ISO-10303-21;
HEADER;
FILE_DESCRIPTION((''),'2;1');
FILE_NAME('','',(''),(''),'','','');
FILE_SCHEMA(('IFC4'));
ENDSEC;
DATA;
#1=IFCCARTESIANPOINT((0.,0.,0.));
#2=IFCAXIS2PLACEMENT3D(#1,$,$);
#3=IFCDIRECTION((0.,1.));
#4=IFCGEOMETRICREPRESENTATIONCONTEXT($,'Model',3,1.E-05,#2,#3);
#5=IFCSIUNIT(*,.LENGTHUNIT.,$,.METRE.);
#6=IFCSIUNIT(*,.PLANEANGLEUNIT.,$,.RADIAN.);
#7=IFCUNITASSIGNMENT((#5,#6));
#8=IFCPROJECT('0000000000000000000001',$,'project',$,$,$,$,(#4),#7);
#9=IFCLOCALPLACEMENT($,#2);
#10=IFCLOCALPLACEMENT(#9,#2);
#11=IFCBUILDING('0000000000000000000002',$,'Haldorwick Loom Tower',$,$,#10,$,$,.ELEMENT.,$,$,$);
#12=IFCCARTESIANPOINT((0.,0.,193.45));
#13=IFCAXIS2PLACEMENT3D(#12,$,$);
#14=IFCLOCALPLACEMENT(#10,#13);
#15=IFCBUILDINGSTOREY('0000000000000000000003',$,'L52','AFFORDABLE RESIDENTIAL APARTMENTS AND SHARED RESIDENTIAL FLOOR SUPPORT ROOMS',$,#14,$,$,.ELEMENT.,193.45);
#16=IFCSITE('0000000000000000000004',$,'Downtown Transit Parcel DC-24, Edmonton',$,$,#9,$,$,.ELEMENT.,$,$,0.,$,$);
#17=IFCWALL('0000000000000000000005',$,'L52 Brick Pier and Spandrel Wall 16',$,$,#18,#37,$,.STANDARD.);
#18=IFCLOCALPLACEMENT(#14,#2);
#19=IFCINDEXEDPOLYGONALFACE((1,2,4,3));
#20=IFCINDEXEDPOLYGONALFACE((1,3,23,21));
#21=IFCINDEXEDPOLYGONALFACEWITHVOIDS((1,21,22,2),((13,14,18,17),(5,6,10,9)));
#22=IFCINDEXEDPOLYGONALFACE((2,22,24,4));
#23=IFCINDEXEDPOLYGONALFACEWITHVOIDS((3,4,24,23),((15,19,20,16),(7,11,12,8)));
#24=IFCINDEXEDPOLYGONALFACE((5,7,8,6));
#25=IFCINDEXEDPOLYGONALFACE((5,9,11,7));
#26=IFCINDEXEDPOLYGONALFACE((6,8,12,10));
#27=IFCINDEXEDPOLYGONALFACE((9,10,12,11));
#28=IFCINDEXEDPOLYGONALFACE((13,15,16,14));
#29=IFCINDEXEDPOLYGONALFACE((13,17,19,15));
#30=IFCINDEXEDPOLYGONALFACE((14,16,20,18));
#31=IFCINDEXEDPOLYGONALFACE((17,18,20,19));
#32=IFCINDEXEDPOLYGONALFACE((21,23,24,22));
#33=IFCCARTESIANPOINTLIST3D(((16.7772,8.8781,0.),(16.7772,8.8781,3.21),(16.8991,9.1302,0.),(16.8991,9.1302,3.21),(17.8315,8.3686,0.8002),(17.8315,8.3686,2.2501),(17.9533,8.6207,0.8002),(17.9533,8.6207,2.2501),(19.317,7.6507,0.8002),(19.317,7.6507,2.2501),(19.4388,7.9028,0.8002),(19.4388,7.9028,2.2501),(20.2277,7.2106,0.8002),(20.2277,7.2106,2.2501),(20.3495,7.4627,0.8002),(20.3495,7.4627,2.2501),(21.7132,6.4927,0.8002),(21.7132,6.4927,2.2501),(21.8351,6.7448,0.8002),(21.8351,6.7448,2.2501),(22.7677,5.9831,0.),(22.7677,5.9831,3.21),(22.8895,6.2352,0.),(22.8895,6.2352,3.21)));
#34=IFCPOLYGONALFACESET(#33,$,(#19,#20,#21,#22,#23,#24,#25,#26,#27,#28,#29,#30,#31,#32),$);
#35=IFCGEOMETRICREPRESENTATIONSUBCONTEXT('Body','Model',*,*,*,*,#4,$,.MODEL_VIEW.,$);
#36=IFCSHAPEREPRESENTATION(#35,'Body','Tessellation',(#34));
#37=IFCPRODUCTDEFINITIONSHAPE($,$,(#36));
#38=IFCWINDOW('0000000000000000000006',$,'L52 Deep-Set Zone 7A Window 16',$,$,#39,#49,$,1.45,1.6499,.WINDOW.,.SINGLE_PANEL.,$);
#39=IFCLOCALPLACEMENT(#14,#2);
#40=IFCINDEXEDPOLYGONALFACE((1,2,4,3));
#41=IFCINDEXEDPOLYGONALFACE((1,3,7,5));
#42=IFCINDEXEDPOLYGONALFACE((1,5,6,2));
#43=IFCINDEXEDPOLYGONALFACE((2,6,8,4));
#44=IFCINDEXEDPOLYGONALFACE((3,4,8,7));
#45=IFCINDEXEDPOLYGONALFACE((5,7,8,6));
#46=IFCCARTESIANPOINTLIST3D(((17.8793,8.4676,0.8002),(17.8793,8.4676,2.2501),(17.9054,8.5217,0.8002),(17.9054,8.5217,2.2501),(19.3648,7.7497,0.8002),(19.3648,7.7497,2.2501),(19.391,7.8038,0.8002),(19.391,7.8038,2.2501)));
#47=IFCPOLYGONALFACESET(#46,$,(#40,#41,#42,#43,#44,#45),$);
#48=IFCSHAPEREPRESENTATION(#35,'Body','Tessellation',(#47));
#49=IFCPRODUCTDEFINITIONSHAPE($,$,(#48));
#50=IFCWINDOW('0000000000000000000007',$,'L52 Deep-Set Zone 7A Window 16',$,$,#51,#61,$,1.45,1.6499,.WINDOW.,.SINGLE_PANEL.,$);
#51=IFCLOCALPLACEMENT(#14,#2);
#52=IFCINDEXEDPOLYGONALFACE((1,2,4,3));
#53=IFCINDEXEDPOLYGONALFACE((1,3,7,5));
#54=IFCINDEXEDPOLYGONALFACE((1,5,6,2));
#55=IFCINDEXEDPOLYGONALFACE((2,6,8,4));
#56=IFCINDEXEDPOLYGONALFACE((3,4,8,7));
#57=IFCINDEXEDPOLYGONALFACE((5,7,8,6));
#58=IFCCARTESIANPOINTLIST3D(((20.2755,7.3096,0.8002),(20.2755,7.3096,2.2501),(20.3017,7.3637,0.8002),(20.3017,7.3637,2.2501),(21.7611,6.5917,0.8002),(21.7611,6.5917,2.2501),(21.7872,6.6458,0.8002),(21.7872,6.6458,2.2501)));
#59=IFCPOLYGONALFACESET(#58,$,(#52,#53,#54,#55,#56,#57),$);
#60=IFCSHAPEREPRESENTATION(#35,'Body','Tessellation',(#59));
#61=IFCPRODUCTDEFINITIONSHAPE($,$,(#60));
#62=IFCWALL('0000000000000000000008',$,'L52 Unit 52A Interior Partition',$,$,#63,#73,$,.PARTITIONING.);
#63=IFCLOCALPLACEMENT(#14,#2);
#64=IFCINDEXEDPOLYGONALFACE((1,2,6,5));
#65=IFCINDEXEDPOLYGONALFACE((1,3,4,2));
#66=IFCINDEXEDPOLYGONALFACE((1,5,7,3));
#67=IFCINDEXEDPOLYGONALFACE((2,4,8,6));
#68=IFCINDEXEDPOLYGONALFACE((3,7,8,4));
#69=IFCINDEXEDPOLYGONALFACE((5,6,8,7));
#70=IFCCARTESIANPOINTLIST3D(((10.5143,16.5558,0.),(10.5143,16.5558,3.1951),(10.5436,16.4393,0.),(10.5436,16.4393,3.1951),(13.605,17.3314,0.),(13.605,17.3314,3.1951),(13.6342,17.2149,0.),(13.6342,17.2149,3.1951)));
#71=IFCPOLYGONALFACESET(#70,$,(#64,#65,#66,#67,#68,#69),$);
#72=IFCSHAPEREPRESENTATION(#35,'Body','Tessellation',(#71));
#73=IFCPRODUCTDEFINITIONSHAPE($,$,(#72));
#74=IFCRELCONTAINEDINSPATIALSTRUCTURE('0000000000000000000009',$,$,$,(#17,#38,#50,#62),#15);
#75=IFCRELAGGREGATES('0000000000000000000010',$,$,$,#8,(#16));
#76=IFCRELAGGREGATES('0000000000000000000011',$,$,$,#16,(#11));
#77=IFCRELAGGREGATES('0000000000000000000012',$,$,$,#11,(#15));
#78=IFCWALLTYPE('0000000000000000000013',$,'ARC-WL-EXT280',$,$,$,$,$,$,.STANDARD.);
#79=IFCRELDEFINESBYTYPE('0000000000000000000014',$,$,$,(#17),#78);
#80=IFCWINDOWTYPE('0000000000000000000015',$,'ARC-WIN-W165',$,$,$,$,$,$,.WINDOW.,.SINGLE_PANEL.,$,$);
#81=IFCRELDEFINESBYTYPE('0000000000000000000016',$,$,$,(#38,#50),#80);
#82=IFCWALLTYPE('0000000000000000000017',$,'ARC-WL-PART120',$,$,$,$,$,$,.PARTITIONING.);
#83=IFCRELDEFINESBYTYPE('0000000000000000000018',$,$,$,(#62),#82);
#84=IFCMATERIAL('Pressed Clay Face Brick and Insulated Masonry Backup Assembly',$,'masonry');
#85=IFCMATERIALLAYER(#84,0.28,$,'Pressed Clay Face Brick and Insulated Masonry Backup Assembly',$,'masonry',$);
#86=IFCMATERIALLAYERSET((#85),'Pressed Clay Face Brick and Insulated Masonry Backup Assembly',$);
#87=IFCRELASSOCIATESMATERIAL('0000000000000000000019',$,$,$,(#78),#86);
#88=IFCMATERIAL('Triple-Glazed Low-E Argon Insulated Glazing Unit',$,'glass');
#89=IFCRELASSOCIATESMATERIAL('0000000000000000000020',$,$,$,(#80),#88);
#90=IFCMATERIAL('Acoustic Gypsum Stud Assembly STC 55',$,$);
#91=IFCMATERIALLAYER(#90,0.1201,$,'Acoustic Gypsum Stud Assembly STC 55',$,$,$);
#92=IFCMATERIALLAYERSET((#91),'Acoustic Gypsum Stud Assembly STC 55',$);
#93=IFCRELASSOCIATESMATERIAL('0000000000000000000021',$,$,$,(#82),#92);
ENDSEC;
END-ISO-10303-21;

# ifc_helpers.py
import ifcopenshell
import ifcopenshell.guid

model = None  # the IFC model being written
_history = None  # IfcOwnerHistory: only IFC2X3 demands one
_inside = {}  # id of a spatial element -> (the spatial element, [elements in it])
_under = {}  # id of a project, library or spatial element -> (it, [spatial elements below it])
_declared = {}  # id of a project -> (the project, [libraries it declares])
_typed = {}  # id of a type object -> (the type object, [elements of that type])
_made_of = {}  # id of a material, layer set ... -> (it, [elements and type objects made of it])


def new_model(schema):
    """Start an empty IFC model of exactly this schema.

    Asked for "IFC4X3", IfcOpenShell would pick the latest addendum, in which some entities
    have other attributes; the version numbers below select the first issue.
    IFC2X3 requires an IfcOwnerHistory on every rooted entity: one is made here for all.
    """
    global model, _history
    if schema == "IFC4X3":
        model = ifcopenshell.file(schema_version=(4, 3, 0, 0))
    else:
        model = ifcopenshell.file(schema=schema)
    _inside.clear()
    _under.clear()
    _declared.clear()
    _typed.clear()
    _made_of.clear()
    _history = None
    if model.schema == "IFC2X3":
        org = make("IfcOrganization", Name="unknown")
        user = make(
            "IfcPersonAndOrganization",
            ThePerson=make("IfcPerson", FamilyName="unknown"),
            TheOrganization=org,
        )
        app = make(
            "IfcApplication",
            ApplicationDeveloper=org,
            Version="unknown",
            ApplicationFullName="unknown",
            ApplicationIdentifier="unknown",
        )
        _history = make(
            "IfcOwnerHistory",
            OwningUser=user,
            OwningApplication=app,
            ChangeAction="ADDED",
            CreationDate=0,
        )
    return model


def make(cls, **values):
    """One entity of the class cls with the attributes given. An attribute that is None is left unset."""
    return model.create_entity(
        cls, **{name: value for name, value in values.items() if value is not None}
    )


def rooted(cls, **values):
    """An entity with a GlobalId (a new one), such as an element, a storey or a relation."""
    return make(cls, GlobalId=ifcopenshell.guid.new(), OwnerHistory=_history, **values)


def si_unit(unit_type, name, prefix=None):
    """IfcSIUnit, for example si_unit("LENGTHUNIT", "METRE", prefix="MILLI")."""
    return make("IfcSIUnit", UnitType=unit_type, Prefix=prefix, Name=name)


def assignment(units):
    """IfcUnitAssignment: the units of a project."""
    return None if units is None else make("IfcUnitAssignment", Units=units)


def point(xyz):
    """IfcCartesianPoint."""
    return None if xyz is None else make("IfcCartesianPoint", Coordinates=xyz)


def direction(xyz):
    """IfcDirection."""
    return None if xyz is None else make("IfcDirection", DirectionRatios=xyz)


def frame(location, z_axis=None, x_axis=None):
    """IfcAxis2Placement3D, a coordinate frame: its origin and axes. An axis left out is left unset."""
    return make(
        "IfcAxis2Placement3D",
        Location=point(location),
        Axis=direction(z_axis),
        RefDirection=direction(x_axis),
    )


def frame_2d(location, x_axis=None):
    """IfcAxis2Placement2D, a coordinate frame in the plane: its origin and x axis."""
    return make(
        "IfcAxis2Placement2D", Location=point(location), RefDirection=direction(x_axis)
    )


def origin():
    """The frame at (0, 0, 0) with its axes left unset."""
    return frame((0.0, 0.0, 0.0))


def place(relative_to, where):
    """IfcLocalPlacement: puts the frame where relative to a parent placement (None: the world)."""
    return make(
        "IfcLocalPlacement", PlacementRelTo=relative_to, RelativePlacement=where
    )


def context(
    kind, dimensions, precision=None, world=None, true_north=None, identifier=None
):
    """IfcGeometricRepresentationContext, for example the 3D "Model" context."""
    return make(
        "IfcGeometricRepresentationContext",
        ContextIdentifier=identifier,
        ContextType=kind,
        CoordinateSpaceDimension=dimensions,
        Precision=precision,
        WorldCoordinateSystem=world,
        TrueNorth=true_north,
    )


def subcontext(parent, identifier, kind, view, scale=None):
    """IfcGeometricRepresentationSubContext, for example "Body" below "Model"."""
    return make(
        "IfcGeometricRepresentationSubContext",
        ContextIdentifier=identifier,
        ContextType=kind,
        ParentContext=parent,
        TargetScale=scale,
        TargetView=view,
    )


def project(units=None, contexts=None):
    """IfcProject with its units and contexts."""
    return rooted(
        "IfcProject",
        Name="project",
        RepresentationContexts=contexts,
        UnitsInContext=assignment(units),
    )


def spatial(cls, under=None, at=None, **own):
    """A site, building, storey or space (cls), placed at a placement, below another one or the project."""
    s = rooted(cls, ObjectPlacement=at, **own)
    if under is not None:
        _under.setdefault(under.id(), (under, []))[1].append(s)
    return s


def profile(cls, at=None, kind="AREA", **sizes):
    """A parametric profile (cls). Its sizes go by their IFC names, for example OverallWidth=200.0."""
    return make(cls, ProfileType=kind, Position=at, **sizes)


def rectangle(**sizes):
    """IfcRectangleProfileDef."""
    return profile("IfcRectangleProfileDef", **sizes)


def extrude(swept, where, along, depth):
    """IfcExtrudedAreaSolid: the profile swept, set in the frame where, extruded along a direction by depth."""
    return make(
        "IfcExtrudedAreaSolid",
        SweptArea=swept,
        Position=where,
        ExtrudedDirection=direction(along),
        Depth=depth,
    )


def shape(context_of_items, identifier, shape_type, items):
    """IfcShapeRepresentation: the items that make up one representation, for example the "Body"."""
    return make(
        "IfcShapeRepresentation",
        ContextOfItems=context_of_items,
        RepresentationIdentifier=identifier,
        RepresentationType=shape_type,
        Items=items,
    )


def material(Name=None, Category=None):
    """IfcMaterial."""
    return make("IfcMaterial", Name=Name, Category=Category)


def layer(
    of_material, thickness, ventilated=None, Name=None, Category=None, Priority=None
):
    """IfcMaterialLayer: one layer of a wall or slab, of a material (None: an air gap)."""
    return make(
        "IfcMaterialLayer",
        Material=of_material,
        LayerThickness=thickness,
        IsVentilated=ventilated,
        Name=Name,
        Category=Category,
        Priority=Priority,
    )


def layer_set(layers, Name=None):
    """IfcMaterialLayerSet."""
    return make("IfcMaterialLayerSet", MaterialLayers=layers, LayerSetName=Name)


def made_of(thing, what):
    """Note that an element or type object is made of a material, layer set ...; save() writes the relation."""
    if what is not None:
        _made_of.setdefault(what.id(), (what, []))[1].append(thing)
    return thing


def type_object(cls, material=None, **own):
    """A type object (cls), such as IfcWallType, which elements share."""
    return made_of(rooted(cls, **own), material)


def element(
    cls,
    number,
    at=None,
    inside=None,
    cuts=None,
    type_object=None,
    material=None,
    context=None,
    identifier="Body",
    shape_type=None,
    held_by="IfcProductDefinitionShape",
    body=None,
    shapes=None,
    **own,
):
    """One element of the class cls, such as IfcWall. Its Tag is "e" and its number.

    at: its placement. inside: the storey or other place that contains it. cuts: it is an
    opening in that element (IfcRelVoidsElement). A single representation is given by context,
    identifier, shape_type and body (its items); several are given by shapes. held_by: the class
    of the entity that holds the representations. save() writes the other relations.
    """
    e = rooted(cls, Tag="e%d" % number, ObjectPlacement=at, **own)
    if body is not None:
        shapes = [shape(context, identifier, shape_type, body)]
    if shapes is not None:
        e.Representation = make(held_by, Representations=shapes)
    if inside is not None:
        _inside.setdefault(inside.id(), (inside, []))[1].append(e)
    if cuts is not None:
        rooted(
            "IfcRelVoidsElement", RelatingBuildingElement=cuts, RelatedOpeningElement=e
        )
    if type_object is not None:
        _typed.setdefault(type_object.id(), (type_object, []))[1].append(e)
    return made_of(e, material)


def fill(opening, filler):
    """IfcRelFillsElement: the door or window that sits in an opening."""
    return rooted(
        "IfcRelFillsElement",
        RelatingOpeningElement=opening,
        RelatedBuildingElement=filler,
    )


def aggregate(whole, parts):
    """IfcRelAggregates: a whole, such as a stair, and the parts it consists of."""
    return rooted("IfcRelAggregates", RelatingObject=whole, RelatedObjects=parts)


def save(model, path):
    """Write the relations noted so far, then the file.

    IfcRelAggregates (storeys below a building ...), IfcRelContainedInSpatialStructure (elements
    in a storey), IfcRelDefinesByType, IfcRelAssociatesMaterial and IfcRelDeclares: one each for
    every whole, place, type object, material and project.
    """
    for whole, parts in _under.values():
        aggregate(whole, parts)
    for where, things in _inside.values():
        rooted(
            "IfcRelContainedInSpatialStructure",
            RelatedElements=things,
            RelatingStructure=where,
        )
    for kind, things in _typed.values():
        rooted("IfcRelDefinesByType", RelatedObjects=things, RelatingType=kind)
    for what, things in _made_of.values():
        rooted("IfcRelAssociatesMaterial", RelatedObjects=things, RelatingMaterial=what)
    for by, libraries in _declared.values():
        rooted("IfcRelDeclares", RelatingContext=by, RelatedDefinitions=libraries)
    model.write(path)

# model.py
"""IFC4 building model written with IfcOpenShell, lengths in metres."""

from ifc_helpers import new_model, si_unit, direction, frame, frame_2d, origin, place, context, subcontext, project, spatial, rectangle, extrude, material, layer, layer_set, type_object, element, fill, save


model = new_model("IFC4")

# Units and contexts
model_context = context("Model", 3, precision=1e-05, world=origin(), true_north=direction((0.0, 1.0)))
body_context = subcontext(model_context, "Body", "Model", "MODEL_VIEW")
ifc_project = project(units=[si_unit("LENGTHUNIT", "METRE"), si_unit("PLANEANGLEUNIT", "RADIAN")], contexts=[model_context])

# Site, building, storey
site_placement = place(None, origin())
site = spatial("IfcSite", under=ifc_project, at=site_placement, Name="Downtown Transit Parcel DC-24, Edmonton", CompositionType="ELEMENT", RefElevation=0.0)
building_placement = place(site_placement, origin())
building = spatial("IfcBuilding", under=site, at=building_placement, Name="Haldorwick Loom Tower", CompositionType="ELEMENT")
storey_placement = place(building_placement, frame((0.0, 0.0, 193.45)))
storey = spatial("IfcBuildingStorey", under=building, at=storey_placement, Name="L52", Description="AFFORDABLE RESIDENTIAL APARTMENTS AND SHARED RESIDENTIAL FLOOR SUPPORT ROOMS", CompositionType="ELEMENT", Elevation=193.45)

# Shared definitions
ifc_material_1 = material(Name="Pressed Clay Face Brick and Insulated Masonry Backup Assembly", Category="masonry")
ifc_layer_1 = layer(ifc_material_1, 0.28, Name="Pressed Clay Face Brick and Insulated Masonry Backup Assembly", Category="masonry")
ifc_layer_set_1 = layer_set([ifc_layer_1], Name="Pressed Clay Face Brick and Insulated Masonry Backup Assembly")
wall_type_1 = type_object("IfcWallType", Name="ARC-WL-EXT280", PredefinedType="STANDARD", material=ifc_layer_set_1)

# Wall, openings, windows
wall_1_placement = place(storey_placement, frame((16.8381, 9.0042, 0.0), z_axis=(0.0, 0.0, 1.0), x_axis=(0.900371, -0.435123, 0.0)))
wall_1 = element("IfcWall", 1, at=wall_1_placement, inside=storey, type_object=wall_type_1, Name="L52 Brick Pier and Spandrel Wall 16", PredefinedType="STANDARD", context=body_context, shape_type="SweptSolid", body=[
    extrude(rectangle(XDim=6.6533, YDim=0.28, at=frame_2d((3.3267, 0.0))), origin(), (0.0, 0.0, 1.0), 3.21),
])
opening_1_placement = place(wall_1_placement, frame((1.1709, 0.0, 0.8)))
opening_1 = element("IfcOpeningElement", 2, at=opening_1_placement, cuts=wall_1, PredefinedType="OPENING", context=body_context, shape_type="SweptSolid", body=[
    extrude(rectangle(XDim=1.6499, YDim=1.45, at=frame_2d((0.825, 0.7251))), frame((0.0, 0.1499, 0.0), z_axis=(0.0, -1.0, 0.0), x_axis=(1.0, 0.0, 0.0)), (0.0, 0.0, 1.0), 0.3),
])
opening_2_placement = place(wall_1_placement, frame((3.8323, 0.0, 0.8)))
opening_2 = element("IfcOpeningElement", 3, at=opening_2_placement, cuts=wall_1, PredefinedType="OPENING", context=body_context, shape_type="SweptSolid", body=[
    extrude(rectangle(XDim=1.6499, YDim=1.45, at=frame_2d((0.825, 0.7251))), frame((0.0, 0.1499, 0.0), z_axis=(0.0, -1.0, 0.0), x_axis=(1.0, 0.0, 0.0)), (0.0, 0.0, 1.0), 0.3),
])
ifc_material_2 = material(Name="Triple-Glazed Low-E Argon Insulated Glazing Unit", Category="glass")
window_type = type_object("IfcWindowType", Name="ARC-WIN-W165", PartitioningType="SINGLE_PANEL", PredefinedType="WINDOW", material=ifc_material_2)
window_1_placement = place(opening_1_placement, origin())
window_1 = element("IfcWindow", 4, at=window_1_placement, inside=storey, type_object=window_type, Name="L52 Deep-Set Zone 7A Window 16", OverallHeight=1.45, OverallWidth=1.6499, PartitioningType="SINGLE_PANEL", PredefinedType="WINDOW", context=body_context, shape_type="SweptSolid", body=[
    extrude(rectangle(XDim=1.6499, YDim=1.45, at=frame_2d((0.825, 0.7251))), frame((0.0, 0.03, 0.0), z_axis=(0.0, -1.0, 0.0), x_axis=(1.0, 0.0, 0.0)), (0.0, 0.0, 1.0), 0.0601),
])
fill(opening_1, window_1)
window_2_placement = place(opening_2_placement, origin())
window_2 = element("IfcWindow", 5, at=window_2_placement, inside=storey, type_object=window_type, Name="L52 Deep-Set Zone 7A Window 16", OverallHeight=1.45, OverallWidth=1.6499, PartitioningType="SINGLE_PANEL", PredefinedType="WINDOW", context=body_context, shape_type="SweptSolid", body=[
    extrude(rectangle(XDim=1.6499, YDim=1.45, at=frame_2d((0.825, 0.7251))), frame((0.0, 0.03, 0.0), z_axis=(0.0, -1.0, 0.0), x_axis=(1.0, 0.0, 0.0)), (0.0, 0.0, 1.0), 0.0601),
])
fill(opening_2, window_2)

# Wall
ifc_material_3 = material(Name="Acoustic Gypsum Stud Assembly STC 55")
ifc_layer_2 = layer(ifc_material_3, 0.1201, Name="Acoustic Gypsum Stud Assembly STC 55")
ifc_layer_set_2 = layer_set([ifc_layer_2], Name="Acoustic Gypsum Stud Assembly STC 55")
wall_type_2 = type_object("IfcWallType", Name="ARC-WL-PART120", PredefinedType="PARTITIONING", material=ifc_layer_set_2)
wall_2_placement = place(storey_placement, frame((13.6196, 17.2732, 0.0), z_axis=(0.0, 0.0, 1.0), x_axis=(-0.969921, -0.243419, 0.0)))
element("IfcWall", 6, at=wall_2_placement, inside=storey, type_object=wall_type_2, Name="L52 Unit 52A Interior Partition", PredefinedType="PARTITIONING", context=body_context, shape_type="SweptSolid", body=[
    extrude(rectangle(XDim=3.1865, YDim=0.1201, at=frame_2d((1.5933, 0.0))), origin(), (0.0, 0.0, 1.0), 3.1951),
])

save(model, "model.ifc")
